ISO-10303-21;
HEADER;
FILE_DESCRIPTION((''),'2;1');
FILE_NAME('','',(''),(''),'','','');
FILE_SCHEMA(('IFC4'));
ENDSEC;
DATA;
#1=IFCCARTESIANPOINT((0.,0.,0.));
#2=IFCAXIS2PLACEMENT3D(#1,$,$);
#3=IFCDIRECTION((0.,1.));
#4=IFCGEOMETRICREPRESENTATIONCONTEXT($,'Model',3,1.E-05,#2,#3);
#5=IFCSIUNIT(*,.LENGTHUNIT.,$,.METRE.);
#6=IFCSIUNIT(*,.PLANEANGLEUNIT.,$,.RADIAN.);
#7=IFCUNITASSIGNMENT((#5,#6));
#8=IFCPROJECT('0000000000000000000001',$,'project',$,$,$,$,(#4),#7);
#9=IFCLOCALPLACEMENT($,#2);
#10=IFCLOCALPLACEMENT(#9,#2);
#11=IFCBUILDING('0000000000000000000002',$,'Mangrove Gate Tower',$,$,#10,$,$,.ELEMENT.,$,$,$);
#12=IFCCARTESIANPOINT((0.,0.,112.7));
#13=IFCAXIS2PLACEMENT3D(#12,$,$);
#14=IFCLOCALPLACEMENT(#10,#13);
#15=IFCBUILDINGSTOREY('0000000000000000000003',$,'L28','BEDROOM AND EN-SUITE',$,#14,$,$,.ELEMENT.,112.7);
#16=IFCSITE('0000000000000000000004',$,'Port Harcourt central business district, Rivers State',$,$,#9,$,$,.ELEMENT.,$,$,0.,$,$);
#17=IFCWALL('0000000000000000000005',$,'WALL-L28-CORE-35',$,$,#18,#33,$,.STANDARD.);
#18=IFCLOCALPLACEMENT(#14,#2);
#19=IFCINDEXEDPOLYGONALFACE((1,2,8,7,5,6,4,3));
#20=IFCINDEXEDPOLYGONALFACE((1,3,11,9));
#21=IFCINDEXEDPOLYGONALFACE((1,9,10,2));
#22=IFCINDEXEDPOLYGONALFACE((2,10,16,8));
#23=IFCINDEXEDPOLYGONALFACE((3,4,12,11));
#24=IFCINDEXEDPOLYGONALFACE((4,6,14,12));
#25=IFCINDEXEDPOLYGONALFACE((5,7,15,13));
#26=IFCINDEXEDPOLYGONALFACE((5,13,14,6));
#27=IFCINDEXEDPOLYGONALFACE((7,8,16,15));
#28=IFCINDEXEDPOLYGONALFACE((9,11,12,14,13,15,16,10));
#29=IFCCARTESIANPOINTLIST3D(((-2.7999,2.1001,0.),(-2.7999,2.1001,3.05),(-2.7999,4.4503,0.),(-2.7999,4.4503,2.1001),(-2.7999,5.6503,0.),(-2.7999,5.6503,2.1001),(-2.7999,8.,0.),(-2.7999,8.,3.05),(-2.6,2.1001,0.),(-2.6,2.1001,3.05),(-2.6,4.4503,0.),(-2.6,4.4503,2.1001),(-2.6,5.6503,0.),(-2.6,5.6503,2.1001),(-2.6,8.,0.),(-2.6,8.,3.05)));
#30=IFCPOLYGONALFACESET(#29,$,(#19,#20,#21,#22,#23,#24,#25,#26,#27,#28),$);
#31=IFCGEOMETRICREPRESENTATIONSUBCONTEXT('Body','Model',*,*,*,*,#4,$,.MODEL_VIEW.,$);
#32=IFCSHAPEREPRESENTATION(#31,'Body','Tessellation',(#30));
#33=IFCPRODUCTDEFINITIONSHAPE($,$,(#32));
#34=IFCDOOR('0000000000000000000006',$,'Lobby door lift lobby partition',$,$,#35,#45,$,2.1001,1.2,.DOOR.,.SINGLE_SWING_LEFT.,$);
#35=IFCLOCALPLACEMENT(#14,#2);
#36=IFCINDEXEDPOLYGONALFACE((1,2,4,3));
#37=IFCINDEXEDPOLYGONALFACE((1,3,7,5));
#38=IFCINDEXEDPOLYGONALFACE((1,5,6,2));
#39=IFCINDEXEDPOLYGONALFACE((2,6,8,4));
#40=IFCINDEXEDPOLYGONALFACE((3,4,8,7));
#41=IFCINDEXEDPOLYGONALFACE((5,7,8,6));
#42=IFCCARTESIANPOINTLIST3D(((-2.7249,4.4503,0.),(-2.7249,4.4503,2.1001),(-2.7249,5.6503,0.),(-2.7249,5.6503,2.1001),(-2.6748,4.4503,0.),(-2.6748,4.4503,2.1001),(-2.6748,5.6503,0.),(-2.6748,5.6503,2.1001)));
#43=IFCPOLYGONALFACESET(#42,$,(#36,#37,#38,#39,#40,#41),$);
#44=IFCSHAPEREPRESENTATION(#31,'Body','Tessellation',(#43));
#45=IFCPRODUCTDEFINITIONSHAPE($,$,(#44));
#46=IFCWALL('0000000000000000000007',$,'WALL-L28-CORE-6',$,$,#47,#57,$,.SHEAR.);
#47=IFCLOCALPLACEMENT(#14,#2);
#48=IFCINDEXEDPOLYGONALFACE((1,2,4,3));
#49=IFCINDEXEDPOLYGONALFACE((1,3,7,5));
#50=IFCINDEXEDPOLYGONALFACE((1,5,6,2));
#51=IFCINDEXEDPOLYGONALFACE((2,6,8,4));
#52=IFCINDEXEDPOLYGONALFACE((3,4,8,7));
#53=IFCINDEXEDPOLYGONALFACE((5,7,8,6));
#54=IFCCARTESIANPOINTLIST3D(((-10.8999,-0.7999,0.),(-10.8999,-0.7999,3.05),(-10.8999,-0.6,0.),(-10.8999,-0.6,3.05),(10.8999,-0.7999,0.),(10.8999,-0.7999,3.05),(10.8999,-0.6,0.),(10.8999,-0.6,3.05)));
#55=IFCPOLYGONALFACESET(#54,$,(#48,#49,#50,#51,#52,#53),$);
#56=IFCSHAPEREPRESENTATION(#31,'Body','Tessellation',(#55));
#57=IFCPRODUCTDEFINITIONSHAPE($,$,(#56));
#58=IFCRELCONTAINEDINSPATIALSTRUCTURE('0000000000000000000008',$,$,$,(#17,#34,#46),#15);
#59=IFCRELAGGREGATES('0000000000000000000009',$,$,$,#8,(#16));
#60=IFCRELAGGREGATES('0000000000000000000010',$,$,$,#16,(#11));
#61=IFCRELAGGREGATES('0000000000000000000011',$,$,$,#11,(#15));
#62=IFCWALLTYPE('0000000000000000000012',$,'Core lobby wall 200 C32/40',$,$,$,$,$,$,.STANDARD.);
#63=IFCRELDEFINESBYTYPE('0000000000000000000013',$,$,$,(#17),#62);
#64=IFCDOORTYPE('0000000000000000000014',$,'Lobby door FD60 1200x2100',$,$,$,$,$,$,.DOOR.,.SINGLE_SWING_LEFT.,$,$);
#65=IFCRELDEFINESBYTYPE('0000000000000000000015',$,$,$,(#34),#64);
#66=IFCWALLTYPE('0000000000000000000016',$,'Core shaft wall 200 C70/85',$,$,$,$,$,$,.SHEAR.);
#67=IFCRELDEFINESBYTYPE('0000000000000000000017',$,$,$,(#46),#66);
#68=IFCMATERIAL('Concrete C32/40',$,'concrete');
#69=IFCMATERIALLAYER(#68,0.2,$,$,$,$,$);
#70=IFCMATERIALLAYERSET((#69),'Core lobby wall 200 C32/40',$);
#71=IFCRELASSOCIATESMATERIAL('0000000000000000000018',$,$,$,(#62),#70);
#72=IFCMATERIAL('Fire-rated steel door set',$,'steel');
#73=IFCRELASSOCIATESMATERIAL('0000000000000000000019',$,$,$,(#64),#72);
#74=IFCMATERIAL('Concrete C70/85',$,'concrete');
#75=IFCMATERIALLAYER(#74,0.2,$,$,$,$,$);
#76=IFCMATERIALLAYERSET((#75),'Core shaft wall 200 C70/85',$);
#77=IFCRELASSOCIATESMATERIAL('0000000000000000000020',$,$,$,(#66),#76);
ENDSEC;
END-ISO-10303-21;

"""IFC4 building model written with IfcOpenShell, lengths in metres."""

from ifc_helpers import new_model, si_unit, direction, frame, frame_2d, origin, place, context, subcontext, project, spatial, rectangle, extrude, material, layer, layer_set, type_object, element, fill, save


model = new_model("IFC4")

# Units and contexts
model_context = context("Model", 3, precision=1e-05, world=origin(), true_north=direction((0.0, 1.0)))
body_context = subcontext(model_context, "Body", "Model", "MODEL_VIEW")
ifc_project = project(units=[si_unit("LENGTHUNIT", "METRE"), si_unit("PLANEANGLEUNIT", "RADIAN")], contexts=[model_context])

# Site, building, storey
site_placement = place(None, origin())
site = spatial("IfcSite", under=ifc_project, at=site_placement, Name="Port Harcourt central business district, Rivers State", CompositionType="ELEMENT", RefElevation=0.0)
building_placement = place(site_placement, origin())
building = spatial("IfcBuilding", under=site, at=building_placement, Name="Mangrove Gate Tower", CompositionType="ELEMENT")
storey_placement = place(building_placement, frame((0.0, 0.0, 112.7)))
storey = spatial("IfcBuildingStorey", under=building, at=storey_placement, Name="L28", Description="BEDROOM AND EN-SUITE", CompositionType="ELEMENT", Elevation=112.7)

# Wall, opening, door
ifc_material_1 = material(Name="Concrete C32/40", Category="concrete")
ifc_layer_1 = layer(ifc_material_1, 0.2)
ifc_layer_set_1 = layer_set([ifc_layer_1], Name="Core lobby wall 200 C32/40")
wall_type_1 = type_object("IfcWallType", Name="Core lobby wall 200 C32/40", PredefinedType="STANDARD", material=ifc_layer_set_1)
wall_1_placement = place(storey_placement, frame((-2.7, 2.1001, 0.0), z_axis=(0.0, 0.0, 1.0), x_axis=(0.0, 1.0, 0.0)))
wall_1 = element("IfcWall", 1, at=wall_1_placement, inside=storey, type_object=wall_type_1, Name="WALL-L28-CORE-35", PredefinedType="STANDARD", context=body_context, shape_type="SweptSolid", body=[
    extrude(rectangle(XDim=5.8999, YDim=0.2, at=frame_2d((2.95, 0.0))), origin(), (0.0, 0.0, 1.0), 3.05),
])
opening_1_placement = place(wall_1_placement, frame((2.3501, 0.0, 0.0)))
opening_1 = element("IfcOpeningElement", 2, at=opening_1_placement, cuts=wall_1, PredefinedType="OPENING", context=body_context, shape_type="SweptSolid", body=[
    extrude(rectangle(XDim=1.2, YDim=2.1001, at=frame_2d((0.6001, 1.05))), frame((0.0, 0.1099, 0.0), z_axis=(0.0, -1.0, 0.0), x_axis=(1.0, 0.0, 0.0)), (0.0, 0.0, 1.0), 0.22),
])
ifc_material_2 = material(Name="Fire-rated steel door set", Category="steel")
door_type_1 = type_object("IfcDoorType", Name="Lobby door FD60 1200x2100", OperationType="SINGLE_SWING_LEFT", PredefinedType="DOOR", material=ifc_material_2)
door_1_placement = place(opening_1_placement, origin())
door_1 = element("IfcDoor", 3, at=door_1_placement, inside=storey, type_object=door_type_1, Name="Lobby door lift lobby partition", OperationType="SINGLE_SWING_LEFT", OverallHeight=2.1001, OverallWidth=1.2, PredefinedType="DOOR", context=body_context, shape_type="SweptSolid", body=[
    extrude(rectangle(XDim=1.2, YDim=2.1001, at=frame_2d((0.6001, 1.05))), frame((0.0, 0.0249, 0.0), z_axis=(0.0, -1.0, 0.0), x_axis=(1.0, 0.0, 0.0)), (0.0, 0.0, 1.0), 0.05),
])
fill(opening_1, door_1)

# Wall
ifc_material_3 = material(Name="Concrete C70/85", Category="concrete")
ifc_layer_2 = layer(ifc_material_3, 0.2)
ifc_layer_set_2 = layer_set([ifc_layer_2], Name="Core shaft wall 200 C70/85")
wall_type_2 = type_object("IfcWallType", Name="Core shaft wall 200 C70/85", PredefinedType="SHEAR", material=ifc_layer_set_2)
wall_2_placement = place(storey_placement, frame((-10.8999, -0.7, 0.0), z_axis=(0.0, 0.0, 1.0), x_axis=(1.0, 0.0, 0.0)))
element("IfcWall", 4, at=wall_2_placement, inside=storey, type_object=wall_type_2, Name="WALL-L28-CORE-6", PredefinedType="SHEAR", context=body_context, shape_type="SweptSolid", body=[
    extrude(rectangle(XDim=21.7998, YDim=0.2, at=frame_2d((10.8999, 0.0))), origin(), (0.0, 0.0, 1.0), 3.05),
])

save(model, "model.ifc")
